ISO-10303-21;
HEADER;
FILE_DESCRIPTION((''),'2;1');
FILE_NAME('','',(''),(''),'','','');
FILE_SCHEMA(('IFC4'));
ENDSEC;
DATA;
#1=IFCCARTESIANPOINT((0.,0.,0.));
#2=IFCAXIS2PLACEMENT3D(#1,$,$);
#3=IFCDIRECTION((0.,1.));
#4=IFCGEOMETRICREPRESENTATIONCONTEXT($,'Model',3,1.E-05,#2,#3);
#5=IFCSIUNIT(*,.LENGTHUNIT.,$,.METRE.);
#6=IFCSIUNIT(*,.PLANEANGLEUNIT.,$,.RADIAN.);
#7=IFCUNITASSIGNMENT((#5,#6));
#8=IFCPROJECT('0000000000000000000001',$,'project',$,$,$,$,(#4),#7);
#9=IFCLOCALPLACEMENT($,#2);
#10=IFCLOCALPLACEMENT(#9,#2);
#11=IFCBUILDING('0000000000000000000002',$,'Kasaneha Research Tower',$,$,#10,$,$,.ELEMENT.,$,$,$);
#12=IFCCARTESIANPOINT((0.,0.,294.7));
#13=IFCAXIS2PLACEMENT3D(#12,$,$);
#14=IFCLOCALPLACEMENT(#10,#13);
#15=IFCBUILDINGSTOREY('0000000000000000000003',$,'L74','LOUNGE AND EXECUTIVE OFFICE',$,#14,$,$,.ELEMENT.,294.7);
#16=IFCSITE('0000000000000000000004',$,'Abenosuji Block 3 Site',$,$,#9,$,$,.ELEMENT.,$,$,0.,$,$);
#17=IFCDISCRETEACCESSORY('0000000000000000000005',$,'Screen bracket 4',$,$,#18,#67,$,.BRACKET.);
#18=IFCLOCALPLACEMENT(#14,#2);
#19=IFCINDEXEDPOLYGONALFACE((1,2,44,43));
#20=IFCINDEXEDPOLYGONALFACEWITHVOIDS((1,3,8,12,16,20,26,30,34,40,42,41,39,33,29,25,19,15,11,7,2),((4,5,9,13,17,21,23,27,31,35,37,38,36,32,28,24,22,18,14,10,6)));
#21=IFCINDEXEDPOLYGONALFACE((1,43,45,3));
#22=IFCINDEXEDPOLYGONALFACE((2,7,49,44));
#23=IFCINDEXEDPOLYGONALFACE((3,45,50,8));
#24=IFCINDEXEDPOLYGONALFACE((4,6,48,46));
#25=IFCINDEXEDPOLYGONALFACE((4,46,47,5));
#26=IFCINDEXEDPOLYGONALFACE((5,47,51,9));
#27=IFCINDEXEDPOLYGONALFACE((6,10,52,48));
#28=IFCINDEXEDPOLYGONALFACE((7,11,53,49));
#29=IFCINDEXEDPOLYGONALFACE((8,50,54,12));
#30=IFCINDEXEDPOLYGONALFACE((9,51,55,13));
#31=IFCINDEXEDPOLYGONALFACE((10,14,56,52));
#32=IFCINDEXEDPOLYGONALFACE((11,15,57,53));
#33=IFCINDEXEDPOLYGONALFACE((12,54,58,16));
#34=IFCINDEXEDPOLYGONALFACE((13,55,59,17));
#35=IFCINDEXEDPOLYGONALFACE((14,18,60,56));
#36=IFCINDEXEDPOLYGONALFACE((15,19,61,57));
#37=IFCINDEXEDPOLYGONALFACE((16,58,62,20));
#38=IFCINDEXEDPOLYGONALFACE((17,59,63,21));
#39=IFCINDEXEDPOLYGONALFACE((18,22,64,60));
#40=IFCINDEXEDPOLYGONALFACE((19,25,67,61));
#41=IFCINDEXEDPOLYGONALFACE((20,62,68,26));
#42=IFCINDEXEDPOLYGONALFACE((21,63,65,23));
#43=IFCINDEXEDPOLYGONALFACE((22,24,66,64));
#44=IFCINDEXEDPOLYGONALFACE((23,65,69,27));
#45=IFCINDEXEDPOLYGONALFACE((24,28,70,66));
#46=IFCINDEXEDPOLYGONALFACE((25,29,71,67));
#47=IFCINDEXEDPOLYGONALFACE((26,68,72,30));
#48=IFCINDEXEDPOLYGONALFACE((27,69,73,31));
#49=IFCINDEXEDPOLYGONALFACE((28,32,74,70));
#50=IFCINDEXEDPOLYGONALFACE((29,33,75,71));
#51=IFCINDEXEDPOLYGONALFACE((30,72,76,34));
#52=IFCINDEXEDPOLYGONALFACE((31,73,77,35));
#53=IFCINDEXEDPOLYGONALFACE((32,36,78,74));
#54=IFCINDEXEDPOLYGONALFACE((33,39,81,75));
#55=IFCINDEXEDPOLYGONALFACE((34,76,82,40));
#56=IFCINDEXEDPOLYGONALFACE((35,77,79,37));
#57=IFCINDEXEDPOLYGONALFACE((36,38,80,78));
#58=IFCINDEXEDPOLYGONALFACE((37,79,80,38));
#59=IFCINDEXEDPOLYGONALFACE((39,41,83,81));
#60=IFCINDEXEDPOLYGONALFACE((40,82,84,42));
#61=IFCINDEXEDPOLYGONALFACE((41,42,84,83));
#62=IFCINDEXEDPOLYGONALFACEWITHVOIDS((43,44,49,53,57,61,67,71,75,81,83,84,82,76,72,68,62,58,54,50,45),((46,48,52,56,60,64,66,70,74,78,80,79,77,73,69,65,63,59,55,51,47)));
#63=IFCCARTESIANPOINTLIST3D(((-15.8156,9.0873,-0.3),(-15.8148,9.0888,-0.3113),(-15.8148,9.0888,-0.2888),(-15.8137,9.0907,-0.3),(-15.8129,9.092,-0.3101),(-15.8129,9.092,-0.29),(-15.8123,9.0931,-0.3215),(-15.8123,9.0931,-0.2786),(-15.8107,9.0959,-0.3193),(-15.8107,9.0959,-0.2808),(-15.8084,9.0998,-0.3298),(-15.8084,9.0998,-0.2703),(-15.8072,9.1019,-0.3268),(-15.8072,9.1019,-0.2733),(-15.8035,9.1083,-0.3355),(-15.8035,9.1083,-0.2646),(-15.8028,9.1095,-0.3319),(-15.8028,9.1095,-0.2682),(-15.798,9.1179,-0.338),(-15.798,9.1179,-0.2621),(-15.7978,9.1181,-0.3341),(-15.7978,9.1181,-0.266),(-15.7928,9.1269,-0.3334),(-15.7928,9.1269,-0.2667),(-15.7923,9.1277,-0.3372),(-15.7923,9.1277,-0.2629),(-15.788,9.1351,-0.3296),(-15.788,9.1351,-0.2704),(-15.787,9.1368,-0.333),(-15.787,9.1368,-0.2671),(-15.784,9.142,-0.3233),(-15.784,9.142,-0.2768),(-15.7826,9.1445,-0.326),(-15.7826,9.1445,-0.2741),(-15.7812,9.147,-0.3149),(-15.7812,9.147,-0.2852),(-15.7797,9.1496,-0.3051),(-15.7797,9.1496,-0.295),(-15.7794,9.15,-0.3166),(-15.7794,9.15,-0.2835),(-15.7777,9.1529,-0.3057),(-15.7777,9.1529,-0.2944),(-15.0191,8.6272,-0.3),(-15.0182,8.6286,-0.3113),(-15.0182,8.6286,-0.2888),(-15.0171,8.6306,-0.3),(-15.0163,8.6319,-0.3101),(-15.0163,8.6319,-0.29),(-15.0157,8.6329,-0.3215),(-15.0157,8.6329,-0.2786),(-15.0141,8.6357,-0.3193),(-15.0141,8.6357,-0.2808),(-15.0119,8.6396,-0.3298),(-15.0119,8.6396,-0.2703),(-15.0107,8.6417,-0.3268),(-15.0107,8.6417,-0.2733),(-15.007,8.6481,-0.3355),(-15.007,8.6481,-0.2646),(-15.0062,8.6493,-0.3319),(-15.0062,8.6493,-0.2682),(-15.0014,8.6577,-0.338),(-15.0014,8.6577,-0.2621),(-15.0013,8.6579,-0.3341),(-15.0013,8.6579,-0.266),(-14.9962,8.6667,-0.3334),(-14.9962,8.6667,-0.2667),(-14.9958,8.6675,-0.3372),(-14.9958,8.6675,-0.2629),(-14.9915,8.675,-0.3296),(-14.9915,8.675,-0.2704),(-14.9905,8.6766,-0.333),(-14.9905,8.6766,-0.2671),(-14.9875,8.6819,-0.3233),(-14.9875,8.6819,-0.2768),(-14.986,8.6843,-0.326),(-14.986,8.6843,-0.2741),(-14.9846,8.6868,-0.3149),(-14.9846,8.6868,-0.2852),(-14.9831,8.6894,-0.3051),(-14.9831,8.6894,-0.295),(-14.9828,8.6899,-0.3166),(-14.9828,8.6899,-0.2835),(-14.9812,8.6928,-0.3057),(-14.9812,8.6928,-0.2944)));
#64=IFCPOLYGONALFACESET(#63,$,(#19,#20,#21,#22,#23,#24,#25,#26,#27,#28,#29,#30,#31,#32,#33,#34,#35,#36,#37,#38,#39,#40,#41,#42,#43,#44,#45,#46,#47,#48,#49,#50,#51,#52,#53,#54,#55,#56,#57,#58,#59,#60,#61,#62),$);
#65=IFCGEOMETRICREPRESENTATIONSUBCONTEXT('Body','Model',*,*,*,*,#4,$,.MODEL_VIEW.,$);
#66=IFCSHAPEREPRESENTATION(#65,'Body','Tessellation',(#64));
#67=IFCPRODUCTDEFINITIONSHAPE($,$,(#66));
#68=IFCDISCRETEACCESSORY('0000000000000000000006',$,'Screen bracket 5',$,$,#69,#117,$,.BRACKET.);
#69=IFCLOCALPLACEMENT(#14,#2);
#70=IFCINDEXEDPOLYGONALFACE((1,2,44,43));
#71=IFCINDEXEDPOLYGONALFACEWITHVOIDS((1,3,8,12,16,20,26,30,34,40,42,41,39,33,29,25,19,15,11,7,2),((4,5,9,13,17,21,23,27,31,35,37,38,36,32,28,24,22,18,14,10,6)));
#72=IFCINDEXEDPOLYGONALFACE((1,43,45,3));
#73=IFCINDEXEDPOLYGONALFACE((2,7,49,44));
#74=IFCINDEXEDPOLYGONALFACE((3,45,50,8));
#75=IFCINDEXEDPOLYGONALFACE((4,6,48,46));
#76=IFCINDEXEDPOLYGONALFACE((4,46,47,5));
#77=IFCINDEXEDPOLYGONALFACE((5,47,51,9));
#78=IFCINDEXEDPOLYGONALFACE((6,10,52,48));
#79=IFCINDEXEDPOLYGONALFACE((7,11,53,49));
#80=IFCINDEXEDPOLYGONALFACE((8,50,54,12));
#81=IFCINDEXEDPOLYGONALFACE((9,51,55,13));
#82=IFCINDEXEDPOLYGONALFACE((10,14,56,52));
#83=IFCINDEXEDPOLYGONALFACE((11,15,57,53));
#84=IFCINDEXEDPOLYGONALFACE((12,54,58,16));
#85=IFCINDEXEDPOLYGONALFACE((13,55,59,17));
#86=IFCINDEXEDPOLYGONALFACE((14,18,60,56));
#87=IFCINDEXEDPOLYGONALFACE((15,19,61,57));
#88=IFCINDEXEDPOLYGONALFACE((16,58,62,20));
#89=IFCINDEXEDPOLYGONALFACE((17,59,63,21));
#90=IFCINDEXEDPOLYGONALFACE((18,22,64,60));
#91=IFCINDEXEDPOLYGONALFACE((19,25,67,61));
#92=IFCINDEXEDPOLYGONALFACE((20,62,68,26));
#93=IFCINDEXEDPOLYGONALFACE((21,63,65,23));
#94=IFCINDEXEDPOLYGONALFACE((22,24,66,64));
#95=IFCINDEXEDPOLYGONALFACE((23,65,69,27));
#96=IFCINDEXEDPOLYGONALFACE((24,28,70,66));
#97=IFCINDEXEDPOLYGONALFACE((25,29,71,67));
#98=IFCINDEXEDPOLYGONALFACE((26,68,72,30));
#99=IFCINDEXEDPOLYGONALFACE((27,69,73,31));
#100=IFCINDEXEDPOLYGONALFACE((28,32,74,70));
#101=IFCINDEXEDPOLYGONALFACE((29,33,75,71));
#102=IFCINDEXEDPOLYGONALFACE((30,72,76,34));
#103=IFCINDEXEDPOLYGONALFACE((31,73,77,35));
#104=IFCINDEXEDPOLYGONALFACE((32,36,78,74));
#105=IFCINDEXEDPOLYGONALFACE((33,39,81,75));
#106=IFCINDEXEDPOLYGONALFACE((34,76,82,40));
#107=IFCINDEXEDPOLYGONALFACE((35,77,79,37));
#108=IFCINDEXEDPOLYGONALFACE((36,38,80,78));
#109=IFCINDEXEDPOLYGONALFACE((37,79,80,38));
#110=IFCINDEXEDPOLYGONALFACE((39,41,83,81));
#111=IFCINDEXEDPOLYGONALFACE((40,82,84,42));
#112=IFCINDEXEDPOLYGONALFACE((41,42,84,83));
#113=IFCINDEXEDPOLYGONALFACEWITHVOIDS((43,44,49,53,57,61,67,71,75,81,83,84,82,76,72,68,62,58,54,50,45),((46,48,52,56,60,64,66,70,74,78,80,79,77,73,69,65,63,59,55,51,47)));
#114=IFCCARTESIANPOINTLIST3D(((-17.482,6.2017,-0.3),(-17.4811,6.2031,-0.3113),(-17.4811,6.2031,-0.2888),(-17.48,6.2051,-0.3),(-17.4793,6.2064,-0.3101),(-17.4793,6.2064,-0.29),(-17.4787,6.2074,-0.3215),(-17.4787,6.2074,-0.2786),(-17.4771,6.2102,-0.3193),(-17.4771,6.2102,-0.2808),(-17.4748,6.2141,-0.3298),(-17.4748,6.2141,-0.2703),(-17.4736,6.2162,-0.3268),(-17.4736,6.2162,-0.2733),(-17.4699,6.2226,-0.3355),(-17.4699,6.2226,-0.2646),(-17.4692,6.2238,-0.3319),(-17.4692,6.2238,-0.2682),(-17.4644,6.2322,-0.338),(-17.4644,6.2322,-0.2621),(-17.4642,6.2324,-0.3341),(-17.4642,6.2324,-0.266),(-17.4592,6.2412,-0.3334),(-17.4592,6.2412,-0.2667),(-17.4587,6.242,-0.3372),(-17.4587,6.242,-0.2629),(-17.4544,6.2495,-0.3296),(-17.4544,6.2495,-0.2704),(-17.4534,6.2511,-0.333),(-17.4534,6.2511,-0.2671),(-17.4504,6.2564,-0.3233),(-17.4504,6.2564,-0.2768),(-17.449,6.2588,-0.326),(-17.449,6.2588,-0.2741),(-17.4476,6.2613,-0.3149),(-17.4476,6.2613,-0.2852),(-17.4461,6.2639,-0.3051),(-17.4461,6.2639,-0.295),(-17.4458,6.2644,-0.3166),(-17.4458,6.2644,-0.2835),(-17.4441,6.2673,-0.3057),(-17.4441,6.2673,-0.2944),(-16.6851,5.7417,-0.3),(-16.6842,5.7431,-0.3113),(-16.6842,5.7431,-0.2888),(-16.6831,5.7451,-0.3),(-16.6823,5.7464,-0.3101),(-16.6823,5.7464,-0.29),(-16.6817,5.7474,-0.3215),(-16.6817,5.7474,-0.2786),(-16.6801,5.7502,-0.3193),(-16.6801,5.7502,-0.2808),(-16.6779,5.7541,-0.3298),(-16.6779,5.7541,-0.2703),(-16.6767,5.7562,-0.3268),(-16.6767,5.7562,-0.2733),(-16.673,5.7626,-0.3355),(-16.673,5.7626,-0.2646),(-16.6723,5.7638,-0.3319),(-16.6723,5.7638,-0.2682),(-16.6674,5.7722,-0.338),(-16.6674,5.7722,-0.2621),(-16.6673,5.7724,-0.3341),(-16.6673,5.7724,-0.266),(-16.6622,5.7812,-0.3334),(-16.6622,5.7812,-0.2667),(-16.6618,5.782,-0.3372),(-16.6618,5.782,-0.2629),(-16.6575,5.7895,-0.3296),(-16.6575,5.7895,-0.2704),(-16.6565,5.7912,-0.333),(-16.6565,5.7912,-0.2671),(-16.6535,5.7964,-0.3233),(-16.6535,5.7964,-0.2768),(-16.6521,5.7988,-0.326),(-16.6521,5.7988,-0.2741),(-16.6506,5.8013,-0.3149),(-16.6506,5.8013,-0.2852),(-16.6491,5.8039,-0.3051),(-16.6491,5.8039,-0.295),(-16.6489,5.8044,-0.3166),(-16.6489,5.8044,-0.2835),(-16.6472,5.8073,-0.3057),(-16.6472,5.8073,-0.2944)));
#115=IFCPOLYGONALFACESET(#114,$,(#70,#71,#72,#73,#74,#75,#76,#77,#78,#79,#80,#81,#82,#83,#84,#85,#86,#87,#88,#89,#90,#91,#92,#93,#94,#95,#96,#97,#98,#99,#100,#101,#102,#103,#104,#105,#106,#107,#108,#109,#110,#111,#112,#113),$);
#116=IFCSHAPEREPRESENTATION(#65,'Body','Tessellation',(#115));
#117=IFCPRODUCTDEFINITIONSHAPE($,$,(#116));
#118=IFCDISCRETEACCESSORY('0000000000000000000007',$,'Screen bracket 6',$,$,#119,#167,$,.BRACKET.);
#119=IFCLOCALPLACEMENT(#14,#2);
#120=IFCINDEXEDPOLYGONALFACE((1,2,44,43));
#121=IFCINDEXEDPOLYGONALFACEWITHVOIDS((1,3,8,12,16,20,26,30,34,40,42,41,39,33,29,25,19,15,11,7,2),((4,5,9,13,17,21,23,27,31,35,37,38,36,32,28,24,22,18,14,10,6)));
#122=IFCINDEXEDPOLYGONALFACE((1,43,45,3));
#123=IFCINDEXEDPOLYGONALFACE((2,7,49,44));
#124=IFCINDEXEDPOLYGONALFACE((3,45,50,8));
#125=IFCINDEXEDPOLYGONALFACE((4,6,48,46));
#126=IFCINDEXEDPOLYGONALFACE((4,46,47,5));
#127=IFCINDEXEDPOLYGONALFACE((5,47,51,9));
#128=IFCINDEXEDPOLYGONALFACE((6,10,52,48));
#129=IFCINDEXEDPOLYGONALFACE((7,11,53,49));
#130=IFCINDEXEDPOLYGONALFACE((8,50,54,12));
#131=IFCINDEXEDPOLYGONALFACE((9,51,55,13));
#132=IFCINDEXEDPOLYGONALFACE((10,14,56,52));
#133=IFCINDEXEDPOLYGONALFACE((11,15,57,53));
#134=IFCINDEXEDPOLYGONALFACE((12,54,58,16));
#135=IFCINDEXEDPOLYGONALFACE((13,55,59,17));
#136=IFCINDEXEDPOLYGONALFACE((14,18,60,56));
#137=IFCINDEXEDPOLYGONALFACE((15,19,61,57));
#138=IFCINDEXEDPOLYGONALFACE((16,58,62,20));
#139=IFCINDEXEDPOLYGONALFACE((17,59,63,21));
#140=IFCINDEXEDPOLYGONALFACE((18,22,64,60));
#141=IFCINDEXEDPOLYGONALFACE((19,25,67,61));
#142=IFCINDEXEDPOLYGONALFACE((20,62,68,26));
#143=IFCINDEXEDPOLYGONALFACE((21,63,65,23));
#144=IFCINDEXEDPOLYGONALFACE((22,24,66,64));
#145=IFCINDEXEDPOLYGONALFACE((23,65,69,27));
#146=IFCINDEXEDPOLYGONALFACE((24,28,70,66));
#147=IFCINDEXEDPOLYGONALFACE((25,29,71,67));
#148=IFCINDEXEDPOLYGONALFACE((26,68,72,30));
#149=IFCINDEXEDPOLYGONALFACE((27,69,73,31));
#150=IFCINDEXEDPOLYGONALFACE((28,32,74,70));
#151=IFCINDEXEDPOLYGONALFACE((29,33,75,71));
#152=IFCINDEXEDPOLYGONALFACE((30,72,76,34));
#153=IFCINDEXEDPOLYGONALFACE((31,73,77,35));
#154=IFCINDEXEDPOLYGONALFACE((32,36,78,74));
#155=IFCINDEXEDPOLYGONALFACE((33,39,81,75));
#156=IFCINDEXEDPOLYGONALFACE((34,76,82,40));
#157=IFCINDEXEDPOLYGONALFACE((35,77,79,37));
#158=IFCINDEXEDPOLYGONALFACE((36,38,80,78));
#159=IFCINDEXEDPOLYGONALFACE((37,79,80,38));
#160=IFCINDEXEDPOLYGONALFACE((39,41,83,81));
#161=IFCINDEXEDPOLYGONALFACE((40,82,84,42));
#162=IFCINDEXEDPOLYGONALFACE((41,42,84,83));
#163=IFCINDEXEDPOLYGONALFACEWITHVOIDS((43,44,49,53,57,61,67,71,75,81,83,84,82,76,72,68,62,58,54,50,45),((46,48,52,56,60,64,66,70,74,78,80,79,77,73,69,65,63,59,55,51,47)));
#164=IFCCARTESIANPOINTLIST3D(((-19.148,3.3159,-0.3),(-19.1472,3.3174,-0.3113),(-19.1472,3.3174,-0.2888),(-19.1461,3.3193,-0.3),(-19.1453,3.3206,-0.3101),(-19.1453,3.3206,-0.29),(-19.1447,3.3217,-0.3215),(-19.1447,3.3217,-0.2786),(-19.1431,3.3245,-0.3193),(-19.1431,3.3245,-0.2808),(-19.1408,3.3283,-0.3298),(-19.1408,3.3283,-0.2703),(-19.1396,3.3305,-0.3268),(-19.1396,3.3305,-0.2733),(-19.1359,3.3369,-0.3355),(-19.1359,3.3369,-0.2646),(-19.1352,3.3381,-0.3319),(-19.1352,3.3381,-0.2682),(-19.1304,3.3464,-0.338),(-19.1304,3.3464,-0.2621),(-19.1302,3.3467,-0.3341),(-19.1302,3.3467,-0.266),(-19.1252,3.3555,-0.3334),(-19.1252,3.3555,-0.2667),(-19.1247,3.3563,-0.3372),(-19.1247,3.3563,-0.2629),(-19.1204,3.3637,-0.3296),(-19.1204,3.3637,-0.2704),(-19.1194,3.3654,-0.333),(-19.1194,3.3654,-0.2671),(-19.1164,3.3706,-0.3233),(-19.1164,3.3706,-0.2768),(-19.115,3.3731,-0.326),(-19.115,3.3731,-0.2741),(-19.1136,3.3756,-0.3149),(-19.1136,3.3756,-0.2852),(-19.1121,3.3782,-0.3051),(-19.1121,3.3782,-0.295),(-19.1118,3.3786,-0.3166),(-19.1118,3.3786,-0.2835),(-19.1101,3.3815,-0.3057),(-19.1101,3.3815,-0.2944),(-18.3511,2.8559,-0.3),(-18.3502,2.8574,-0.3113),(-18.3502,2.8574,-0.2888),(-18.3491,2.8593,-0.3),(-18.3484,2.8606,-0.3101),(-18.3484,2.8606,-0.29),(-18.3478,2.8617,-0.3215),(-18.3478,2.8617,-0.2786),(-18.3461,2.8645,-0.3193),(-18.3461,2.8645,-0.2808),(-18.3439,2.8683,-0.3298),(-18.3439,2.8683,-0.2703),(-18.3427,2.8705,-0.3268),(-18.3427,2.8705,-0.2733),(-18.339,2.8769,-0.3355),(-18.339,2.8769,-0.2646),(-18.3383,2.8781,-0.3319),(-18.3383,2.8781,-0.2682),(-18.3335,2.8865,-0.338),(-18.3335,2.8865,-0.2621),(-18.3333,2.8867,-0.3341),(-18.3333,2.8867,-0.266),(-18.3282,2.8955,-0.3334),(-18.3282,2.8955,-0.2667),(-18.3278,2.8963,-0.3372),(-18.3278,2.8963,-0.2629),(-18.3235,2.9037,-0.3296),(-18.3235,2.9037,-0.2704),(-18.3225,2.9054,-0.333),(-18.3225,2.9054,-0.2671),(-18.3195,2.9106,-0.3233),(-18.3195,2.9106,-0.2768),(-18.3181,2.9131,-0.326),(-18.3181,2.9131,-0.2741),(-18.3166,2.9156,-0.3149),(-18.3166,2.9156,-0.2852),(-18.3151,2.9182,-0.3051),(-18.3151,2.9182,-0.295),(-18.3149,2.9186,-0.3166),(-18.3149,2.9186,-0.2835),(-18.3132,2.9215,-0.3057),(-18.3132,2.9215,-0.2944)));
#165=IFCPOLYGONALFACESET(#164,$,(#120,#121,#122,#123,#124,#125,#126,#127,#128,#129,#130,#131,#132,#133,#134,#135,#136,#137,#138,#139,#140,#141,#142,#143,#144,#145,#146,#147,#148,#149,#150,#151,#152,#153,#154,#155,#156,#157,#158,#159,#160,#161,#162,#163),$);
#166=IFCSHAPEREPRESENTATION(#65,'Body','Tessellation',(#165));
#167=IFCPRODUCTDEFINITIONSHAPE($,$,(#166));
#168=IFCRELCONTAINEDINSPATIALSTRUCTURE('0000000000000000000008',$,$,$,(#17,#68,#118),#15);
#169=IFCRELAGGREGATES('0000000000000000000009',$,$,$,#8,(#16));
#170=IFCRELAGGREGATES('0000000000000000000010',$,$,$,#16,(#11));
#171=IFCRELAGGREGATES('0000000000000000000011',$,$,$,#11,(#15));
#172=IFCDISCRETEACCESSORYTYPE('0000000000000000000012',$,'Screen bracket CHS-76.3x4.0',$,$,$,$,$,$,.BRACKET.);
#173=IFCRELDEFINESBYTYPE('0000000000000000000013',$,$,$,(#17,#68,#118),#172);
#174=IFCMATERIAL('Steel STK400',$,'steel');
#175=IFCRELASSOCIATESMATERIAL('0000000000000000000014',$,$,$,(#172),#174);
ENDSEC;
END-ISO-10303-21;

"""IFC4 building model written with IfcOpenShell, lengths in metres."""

from ifc_helpers import new_model, si_unit, direction, frame, origin, origin_2d, place, context, subcontext, project, spatial, hollow_circle, extrude, material, material_profile, profile_set, type_object, element, save


model = new_model("IFC4")

# Units and contexts
model_context = context("Model", 3, precision=1e-05, world=origin(), true_north=direction((0.0, 1.0)))
body_context = subcontext(model_context, "Body", "Model", "MODEL_VIEW")
ifc_project = project(units=[si_unit("LENGTHUNIT", "METRE"), si_unit("PLANEANGLEUNIT", "RADIAN")], contexts=[model_context])

# Site, building, storey
site_placement = place(None, origin())
site = spatial("IfcSite", under=ifc_project, at=site_placement, Name="Abenosuji Block 3 Site", CompositionType="ELEMENT", RefElevation=0.0)
building_placement = place(site_placement, origin())
building = spatial("IfcBuilding", under=site, at=building_placement, Name="Kasaneha Research Tower", CompositionType="ELEMENT")
storey_placement = place(building_placement, frame((0.0, 0.0, 294.7)))
storey = spatial("IfcBuildingStorey", under=building, at=storey_placement, Name="L74", Description="LOUNGE AND EXECUTIVE OFFICE", CompositionType="ELEMENT", Elevation=294.7)

# Discrete accessories
ifc_material_1 = material(Name="Steel STK400", Category="steel")
ifc_material_profile_1 = material_profile(ifc_material_1, hollow_circle(Radius=0.0381, WallThickness=0.0039, at=origin_2d()), Name="CHS-76.3x4.0")
ifc_profile_set_1 = profile_set([ifc_material_profile_1], Name="Steel STK400")
discrete_accessory_type = type_object("IfcDiscreteAccessoryType", Name="Screen bracket CHS-76.3x4.0", PredefinedType="BRACKET", material=ifc_profile_set_1)
discrete_accessory_1_placement = place(storey_placement, frame((-15.0, 8.6602, -0.3), z_axis=(-0.865898, 0.50022, 0.0), x_axis=(-0.50022, -0.865898, 0.0)))
element("IfcDiscreteAccessory", 1, at=discrete_accessory_1_placement, inside=storey, type_object=discrete_accessory_type, Name="Screen bracket 4", PredefinedType="BRACKET", context=body_context, shape_type="SweptSolid", body=[
    extrude(hollow_circle(Radius=0.0381, WallThickness=0.0039, at=origin_2d()), origin(), (0.0, 0.0, 1.0), 0.9199),
])
for number, where, z_axis, x_axis, name in (
    (2, (-16.666, 5.7747, -0.3), (-0.86608, 0.499906, 0.0), (-0.499906, -0.86608, 0.0), "Screen bracket 5"),
    (3, (-18.332, 2.8889, -0.3), (-0.86608, 0.499906, 0.0), (-0.499906, -0.86608, 0.0), "Screen bracket 6"),
):
    element("IfcDiscreteAccessory", number, at=place(storey_placement, frame(where, z_axis=z_axis, x_axis=x_axis)), inside=storey, type_object=discrete_accessory_type, Name=name, PredefinedType="BRACKET", context=body_context, shape_type="SweptSolid", body=[
        extrude(hollow_circle(Radius=0.0381, WallThickness=0.0039, at=origin_2d()), origin(), (0.0, 0.0, 1.0), 0.9202),
    ])

save(model, "model.ifc")
